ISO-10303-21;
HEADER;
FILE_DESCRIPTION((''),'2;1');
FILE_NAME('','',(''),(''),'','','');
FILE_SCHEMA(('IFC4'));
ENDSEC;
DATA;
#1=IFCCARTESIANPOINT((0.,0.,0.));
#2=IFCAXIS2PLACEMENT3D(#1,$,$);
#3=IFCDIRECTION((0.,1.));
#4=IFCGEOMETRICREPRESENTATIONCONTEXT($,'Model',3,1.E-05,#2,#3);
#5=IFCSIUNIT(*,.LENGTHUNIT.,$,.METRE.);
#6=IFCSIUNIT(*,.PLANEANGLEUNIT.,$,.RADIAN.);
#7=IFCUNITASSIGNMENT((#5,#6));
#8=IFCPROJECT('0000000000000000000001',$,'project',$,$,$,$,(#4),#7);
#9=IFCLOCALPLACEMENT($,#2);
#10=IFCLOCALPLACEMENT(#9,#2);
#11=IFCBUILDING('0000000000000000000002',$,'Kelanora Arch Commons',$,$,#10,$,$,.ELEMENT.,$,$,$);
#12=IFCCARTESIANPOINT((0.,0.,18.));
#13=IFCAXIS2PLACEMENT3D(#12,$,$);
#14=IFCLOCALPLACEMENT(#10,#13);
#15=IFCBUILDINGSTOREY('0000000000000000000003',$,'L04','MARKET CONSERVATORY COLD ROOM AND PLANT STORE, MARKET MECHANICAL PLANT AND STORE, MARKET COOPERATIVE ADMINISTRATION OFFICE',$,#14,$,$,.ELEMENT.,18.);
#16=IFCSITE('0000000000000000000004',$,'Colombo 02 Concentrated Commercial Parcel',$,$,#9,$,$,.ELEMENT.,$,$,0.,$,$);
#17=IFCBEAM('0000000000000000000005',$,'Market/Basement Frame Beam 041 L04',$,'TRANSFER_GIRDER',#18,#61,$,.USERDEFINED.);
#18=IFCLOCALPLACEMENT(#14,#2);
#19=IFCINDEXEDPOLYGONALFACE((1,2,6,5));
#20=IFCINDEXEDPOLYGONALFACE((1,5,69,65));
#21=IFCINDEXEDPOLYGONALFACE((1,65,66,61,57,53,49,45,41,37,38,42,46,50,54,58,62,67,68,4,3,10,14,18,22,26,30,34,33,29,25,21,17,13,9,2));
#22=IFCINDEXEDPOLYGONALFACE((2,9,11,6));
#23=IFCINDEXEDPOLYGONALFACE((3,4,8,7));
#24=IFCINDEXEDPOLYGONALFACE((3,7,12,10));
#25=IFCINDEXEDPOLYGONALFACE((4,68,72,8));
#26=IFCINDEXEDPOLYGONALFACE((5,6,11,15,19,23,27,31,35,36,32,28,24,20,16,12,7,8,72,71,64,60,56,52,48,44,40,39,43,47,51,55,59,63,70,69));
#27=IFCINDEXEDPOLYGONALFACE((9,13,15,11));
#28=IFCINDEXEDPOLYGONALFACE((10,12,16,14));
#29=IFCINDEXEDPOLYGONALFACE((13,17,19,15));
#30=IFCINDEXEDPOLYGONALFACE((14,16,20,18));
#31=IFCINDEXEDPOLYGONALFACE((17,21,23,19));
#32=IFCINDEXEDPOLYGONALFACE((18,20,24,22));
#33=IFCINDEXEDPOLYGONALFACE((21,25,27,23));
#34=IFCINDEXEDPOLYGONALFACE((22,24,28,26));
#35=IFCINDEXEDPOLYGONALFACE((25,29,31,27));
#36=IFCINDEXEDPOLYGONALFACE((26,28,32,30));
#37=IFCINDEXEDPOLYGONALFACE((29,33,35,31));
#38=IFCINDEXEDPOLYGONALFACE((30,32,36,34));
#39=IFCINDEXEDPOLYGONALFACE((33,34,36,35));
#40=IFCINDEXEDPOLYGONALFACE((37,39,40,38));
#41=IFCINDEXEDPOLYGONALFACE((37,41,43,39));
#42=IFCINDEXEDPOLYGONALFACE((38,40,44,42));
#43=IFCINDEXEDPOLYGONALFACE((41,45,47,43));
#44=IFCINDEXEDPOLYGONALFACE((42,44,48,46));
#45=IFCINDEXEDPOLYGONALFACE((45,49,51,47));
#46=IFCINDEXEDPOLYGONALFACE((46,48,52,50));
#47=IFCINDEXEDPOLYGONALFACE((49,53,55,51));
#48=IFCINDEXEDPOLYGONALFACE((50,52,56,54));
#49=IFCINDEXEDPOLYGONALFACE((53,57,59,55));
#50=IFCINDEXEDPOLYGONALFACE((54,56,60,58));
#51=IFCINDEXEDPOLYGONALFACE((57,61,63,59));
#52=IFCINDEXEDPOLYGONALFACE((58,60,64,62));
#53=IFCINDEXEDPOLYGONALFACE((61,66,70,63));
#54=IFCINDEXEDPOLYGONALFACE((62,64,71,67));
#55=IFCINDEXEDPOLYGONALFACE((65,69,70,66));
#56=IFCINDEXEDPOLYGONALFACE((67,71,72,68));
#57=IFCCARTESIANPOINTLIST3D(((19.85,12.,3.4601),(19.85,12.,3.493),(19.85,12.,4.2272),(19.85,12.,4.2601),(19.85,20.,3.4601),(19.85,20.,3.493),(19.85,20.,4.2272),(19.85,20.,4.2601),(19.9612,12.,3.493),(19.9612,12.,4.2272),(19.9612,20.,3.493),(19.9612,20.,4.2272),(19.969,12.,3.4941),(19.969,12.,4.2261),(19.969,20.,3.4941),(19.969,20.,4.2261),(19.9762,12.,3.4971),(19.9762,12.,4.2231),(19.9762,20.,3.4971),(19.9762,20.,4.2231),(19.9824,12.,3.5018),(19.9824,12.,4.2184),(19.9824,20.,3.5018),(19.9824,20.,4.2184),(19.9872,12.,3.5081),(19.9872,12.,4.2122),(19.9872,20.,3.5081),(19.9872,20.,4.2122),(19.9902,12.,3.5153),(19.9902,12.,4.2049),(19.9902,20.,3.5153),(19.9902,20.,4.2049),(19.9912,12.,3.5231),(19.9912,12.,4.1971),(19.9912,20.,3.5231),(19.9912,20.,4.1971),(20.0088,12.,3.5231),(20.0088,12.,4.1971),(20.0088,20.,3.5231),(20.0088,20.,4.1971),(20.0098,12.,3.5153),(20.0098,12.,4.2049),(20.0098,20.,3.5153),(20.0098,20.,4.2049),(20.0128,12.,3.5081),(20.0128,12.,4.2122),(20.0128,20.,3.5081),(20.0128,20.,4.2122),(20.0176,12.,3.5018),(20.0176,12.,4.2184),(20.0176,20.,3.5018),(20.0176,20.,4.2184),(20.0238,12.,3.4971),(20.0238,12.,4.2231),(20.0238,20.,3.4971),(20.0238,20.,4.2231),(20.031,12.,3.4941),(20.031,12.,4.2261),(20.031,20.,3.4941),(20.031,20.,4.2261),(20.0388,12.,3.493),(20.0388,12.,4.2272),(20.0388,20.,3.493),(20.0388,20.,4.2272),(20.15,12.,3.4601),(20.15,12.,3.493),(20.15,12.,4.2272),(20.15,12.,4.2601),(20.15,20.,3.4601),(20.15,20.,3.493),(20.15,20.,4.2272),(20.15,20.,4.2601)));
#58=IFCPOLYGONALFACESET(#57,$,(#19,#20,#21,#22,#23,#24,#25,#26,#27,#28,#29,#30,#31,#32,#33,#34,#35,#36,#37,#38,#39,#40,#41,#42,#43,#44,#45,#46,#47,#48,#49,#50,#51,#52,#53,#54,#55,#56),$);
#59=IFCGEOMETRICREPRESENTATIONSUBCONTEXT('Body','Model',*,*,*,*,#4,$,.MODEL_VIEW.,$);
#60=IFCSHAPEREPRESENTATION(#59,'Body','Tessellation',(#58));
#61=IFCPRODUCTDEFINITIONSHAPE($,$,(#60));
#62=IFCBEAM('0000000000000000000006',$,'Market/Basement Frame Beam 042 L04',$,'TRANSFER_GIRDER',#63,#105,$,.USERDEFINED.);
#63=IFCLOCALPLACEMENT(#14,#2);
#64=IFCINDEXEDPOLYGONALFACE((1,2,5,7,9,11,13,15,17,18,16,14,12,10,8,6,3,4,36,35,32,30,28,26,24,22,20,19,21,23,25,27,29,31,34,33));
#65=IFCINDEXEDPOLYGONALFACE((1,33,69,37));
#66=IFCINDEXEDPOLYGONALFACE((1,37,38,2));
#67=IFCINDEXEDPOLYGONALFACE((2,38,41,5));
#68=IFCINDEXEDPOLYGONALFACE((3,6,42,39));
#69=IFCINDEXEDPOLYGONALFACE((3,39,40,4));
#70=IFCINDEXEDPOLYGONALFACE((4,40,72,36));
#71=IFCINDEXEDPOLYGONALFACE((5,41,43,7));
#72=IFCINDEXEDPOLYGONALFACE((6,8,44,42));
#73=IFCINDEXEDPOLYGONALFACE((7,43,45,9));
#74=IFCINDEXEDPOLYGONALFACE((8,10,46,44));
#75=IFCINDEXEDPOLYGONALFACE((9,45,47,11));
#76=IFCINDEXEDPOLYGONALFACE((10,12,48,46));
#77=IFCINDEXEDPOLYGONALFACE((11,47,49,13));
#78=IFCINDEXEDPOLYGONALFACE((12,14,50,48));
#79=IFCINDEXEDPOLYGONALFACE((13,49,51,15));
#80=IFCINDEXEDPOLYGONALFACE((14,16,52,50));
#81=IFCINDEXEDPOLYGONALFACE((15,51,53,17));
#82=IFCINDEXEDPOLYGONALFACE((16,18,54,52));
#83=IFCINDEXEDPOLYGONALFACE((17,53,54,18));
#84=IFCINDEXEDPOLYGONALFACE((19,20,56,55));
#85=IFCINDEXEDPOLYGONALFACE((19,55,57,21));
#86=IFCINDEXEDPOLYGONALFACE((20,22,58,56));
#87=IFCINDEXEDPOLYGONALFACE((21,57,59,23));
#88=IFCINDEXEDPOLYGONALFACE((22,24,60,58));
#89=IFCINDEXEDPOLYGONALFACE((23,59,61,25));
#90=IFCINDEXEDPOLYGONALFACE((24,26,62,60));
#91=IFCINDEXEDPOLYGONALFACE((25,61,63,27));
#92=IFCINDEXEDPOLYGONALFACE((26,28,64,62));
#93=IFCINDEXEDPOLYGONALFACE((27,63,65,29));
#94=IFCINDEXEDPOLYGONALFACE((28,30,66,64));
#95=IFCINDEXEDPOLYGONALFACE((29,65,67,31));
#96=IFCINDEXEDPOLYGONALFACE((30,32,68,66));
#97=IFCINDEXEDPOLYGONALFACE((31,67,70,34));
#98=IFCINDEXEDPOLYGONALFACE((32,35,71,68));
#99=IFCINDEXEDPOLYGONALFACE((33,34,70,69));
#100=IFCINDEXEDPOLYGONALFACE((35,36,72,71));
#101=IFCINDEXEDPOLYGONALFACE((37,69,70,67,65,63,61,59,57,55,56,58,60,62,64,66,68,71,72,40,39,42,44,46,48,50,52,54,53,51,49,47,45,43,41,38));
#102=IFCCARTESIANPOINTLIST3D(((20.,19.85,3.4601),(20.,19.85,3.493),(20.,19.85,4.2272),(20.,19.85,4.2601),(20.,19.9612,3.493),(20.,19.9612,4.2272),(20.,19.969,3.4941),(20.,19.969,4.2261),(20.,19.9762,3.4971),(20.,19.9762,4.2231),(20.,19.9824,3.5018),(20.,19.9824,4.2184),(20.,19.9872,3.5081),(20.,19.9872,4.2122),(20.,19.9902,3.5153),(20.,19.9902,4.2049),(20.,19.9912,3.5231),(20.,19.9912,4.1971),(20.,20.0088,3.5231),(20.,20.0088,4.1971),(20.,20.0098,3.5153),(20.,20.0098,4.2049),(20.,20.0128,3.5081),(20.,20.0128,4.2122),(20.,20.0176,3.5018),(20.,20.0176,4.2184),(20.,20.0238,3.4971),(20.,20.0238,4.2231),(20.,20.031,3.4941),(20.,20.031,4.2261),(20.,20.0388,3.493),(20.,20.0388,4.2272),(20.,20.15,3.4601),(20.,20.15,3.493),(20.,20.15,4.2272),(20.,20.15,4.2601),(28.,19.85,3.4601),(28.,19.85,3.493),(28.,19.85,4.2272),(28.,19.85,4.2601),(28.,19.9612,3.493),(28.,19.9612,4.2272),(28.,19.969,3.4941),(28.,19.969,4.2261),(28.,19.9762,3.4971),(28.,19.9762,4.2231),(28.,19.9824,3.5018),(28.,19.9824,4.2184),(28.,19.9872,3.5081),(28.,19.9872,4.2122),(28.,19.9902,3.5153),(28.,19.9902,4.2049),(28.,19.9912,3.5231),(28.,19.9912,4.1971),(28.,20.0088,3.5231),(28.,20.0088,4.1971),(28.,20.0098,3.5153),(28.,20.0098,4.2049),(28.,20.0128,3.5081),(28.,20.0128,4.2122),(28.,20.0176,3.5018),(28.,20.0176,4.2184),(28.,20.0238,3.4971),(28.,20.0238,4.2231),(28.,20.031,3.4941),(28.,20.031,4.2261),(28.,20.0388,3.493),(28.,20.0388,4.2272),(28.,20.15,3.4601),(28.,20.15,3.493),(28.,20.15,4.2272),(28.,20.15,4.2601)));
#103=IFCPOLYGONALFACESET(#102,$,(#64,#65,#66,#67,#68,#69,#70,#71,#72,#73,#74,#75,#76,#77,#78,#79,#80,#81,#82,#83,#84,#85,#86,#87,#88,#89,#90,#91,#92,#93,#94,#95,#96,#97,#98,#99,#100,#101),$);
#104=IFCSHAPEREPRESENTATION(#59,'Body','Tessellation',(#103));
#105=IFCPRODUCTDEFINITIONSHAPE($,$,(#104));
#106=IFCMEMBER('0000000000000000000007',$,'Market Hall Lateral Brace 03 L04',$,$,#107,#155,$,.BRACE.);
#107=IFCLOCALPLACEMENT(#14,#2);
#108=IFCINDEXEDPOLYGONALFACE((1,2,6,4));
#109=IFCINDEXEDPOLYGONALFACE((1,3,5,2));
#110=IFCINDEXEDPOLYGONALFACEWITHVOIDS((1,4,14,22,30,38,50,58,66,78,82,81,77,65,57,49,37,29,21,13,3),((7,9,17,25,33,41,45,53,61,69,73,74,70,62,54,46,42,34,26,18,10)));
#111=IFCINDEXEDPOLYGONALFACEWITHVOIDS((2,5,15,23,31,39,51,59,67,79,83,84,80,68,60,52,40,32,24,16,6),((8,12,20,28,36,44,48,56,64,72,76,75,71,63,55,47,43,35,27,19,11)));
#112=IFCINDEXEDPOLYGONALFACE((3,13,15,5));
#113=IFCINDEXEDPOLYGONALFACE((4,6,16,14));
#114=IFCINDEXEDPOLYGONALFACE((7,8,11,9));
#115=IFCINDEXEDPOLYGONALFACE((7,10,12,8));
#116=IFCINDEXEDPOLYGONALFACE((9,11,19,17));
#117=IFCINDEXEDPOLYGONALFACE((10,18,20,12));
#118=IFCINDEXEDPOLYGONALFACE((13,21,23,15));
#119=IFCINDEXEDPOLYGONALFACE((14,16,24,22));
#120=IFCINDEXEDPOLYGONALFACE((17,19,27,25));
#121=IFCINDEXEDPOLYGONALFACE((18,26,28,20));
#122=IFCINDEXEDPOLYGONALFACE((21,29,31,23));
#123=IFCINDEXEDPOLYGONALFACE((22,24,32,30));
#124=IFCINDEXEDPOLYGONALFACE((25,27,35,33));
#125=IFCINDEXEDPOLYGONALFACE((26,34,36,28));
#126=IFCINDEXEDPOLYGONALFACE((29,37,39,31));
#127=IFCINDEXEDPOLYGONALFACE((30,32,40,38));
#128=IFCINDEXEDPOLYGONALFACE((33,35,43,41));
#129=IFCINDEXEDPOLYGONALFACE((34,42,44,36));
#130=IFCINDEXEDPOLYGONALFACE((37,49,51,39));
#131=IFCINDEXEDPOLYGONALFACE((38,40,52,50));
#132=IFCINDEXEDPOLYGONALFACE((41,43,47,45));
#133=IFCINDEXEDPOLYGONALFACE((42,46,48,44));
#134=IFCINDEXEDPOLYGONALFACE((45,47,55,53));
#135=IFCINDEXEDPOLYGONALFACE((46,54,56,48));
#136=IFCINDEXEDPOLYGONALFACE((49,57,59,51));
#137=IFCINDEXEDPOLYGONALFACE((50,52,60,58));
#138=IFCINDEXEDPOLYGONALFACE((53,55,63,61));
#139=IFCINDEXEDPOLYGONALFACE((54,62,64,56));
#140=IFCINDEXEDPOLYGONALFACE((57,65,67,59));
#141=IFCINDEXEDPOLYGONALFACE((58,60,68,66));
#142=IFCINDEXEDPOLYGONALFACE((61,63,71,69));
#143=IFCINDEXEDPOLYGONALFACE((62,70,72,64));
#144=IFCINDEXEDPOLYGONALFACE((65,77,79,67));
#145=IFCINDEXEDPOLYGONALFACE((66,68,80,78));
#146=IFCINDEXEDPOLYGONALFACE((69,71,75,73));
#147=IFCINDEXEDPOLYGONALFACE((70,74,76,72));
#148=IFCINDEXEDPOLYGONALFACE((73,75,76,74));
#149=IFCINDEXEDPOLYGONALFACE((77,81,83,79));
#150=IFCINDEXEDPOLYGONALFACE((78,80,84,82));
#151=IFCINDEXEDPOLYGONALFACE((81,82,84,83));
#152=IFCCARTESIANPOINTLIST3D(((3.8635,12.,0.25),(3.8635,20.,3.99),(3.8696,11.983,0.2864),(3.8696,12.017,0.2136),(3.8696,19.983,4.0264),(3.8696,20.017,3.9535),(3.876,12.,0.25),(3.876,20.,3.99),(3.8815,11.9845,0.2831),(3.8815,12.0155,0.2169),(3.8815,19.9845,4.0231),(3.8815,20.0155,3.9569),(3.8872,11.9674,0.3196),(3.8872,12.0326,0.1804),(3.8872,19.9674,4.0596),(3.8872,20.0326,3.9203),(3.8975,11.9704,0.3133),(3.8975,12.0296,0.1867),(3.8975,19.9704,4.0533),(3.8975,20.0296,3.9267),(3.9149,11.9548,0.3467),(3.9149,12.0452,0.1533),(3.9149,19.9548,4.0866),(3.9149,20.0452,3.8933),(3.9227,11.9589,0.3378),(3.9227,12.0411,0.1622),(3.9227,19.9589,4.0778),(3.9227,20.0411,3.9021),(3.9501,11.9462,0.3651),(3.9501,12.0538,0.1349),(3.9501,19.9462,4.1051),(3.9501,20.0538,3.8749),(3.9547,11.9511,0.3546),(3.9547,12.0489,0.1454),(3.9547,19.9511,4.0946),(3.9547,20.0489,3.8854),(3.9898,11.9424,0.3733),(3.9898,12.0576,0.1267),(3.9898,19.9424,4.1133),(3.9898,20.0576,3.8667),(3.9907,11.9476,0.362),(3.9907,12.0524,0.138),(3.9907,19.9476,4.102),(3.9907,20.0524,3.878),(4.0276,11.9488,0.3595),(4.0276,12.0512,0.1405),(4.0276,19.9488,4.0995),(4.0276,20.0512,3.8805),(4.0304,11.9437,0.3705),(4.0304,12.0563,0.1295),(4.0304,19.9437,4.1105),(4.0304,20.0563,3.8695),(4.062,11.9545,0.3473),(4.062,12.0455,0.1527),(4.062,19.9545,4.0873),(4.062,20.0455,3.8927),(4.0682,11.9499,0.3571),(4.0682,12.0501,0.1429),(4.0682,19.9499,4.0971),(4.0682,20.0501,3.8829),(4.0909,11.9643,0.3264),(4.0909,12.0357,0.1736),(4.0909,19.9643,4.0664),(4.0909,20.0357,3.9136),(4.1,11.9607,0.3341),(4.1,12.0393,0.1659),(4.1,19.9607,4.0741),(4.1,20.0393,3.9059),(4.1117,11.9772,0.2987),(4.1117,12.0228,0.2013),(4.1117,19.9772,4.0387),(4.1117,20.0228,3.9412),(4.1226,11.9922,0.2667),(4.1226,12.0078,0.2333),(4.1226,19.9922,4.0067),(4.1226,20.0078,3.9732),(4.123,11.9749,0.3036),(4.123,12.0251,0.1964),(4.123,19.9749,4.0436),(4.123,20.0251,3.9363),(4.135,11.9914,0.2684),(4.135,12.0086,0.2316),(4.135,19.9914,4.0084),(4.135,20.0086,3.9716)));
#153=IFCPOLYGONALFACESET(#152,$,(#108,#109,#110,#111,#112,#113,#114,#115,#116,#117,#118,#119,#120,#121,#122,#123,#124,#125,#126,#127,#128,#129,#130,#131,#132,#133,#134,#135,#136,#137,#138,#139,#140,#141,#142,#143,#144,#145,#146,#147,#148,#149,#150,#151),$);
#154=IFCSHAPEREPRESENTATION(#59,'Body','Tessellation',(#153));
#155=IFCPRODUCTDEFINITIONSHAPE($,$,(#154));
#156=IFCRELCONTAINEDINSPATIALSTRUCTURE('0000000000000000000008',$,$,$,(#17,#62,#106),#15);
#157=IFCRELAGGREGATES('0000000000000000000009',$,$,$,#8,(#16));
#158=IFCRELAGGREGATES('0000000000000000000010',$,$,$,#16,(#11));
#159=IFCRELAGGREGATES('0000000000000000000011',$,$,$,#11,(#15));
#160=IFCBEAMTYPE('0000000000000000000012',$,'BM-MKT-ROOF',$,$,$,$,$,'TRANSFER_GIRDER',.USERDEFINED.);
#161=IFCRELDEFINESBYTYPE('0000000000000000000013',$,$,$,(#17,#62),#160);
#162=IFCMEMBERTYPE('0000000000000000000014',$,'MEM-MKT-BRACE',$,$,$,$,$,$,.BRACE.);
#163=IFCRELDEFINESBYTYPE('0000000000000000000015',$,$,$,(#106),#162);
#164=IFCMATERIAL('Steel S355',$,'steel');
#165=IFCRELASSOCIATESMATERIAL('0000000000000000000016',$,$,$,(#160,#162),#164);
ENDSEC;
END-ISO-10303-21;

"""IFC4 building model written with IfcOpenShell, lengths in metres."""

from ifc_helpers import new_model, si_unit, direction, frame, origin, origin_2d, place, context, subcontext, project, spatial, hollow_circle, i_section, extrude, material, material_profile, profile_set, type_object, element, save


model = new_model("IFC4")

# Units and contexts
model_context = context("Model", 3, precision=1e-05, world=origin(), true_north=direction((0.0, 1.0)))
body_context = subcontext(model_context, "Body", "Model", "MODEL_VIEW")
ifc_project = project(units=[si_unit("LENGTHUNIT", "METRE"), si_unit("PLANEANGLEUNIT", "RADIAN")], contexts=[model_context])

# Site, building, storey
site_placement = place(None, origin())
site = spatial("IfcSite", under=ifc_project, at=site_placement, Name="Colombo 02 Concentrated Commercial Parcel", CompositionType="ELEMENT", RefElevation=0.0)
building_placement = place(site_placement, origin())
building = spatial("IfcBuilding", under=site, at=building_placement, Name="Kelanora Arch Commons", CompositionType="ELEMENT")
storey_placement = place(building_placement, frame((0.0, 0.0, 18.0)))
storey = spatial("IfcBuildingStorey", under=building, at=storey_placement, Name="L04", Description="MARKET CONSERVATORY COLD ROOM AND PLANT STORE, MARKET MECHANICAL PLANT AND STORE, MARKET COOPERATIVE ADMINISTRATION OFFICE", CompositionType="ELEMENT", Elevation=18.0)

# Beams
ifc_material_1 = material(Name="Steel S355", Category="steel")
ifc_material_profile_1 = material_profile(ifc_material_1, i_section(OverallWidth=0.3, OverallDepth=0.8, WebThickness=0.0176, FlangeThickness=0.033, FilletRadius=0.03, at=origin_2d()), Name="HEB800")
ifc_profile_set_1 = profile_set([ifc_material_profile_1], Name="Steel S355")
beam_type = type_object("IfcBeamType", Name="BM-MKT-ROOF", ElementType="TRANSFER_GIRDER", PredefinedType="USERDEFINED", material=ifc_profile_set_1)
for number, where, z_axis, x_axis, name in (
    (1, (20.0, 12.0, 3.8601), (0.0, 1.0, 0.0), (-1.0, 0.0, 0.0), "Market/Basement Frame Beam 041 L04"),
    (2, (20.0, 20.0, 3.8601), (1.0, 0.0, 0.0), (0.0, 1.0, 0.0), "Market/Basement Frame Beam 042 L04"),
):
    element("IfcBeam", number, at=place(storey_placement, frame(where, z_axis=z_axis, x_axis=x_axis)), inside=storey, type_object=beam_type, Name=name, ObjectType="TRANSFER_GIRDER", PredefinedType="USERDEFINED", context=body_context, shape_type="SweptSolid", body=[
        extrude(i_section(OverallWidth=0.3, OverallDepth=0.8, WebThickness=0.0176, FlangeThickness=0.033, FilletRadius=0.03, at=origin_2d()), origin(), (0.0, 0.0, 1.0), 8.0),
    ])

# Member
ifc_material_profile_2 = material_profile(ifc_material_1, hollow_circle(Radius=0.1365, WallThickness=0.0125, at=origin_2d()), Name="CHS273x12.5")
ifc_profile_set_2 = profile_set([ifc_material_profile_2], Name="Steel S355")
member_type_1 = type_object("IfcMemberType", Name="MEM-MKT-BRACE", PredefinedType="BRACE", material=ifc_profile_set_2)
member_placement = place(storey_placement, frame((4.0, 12.0, 0.25), z_axis=(0.0, 0.905894, 0.423504), x_axis=(-1.0, 0.0, 0.0)))
element("IfcMember", 3, at=member_placement, inside=storey, type_object=member_type_1, Name="Market Hall Lateral Brace 03 L04", PredefinedType="BRACE", context=body_context, shape_type="SweptSolid", body=[
    extrude(hollow_circle(Radius=0.1365, WallThickness=0.0125, at=origin_2d()), origin(), (0.0, 0.0, 1.0), 8.8311),
])

save(model, "model.ifc")
